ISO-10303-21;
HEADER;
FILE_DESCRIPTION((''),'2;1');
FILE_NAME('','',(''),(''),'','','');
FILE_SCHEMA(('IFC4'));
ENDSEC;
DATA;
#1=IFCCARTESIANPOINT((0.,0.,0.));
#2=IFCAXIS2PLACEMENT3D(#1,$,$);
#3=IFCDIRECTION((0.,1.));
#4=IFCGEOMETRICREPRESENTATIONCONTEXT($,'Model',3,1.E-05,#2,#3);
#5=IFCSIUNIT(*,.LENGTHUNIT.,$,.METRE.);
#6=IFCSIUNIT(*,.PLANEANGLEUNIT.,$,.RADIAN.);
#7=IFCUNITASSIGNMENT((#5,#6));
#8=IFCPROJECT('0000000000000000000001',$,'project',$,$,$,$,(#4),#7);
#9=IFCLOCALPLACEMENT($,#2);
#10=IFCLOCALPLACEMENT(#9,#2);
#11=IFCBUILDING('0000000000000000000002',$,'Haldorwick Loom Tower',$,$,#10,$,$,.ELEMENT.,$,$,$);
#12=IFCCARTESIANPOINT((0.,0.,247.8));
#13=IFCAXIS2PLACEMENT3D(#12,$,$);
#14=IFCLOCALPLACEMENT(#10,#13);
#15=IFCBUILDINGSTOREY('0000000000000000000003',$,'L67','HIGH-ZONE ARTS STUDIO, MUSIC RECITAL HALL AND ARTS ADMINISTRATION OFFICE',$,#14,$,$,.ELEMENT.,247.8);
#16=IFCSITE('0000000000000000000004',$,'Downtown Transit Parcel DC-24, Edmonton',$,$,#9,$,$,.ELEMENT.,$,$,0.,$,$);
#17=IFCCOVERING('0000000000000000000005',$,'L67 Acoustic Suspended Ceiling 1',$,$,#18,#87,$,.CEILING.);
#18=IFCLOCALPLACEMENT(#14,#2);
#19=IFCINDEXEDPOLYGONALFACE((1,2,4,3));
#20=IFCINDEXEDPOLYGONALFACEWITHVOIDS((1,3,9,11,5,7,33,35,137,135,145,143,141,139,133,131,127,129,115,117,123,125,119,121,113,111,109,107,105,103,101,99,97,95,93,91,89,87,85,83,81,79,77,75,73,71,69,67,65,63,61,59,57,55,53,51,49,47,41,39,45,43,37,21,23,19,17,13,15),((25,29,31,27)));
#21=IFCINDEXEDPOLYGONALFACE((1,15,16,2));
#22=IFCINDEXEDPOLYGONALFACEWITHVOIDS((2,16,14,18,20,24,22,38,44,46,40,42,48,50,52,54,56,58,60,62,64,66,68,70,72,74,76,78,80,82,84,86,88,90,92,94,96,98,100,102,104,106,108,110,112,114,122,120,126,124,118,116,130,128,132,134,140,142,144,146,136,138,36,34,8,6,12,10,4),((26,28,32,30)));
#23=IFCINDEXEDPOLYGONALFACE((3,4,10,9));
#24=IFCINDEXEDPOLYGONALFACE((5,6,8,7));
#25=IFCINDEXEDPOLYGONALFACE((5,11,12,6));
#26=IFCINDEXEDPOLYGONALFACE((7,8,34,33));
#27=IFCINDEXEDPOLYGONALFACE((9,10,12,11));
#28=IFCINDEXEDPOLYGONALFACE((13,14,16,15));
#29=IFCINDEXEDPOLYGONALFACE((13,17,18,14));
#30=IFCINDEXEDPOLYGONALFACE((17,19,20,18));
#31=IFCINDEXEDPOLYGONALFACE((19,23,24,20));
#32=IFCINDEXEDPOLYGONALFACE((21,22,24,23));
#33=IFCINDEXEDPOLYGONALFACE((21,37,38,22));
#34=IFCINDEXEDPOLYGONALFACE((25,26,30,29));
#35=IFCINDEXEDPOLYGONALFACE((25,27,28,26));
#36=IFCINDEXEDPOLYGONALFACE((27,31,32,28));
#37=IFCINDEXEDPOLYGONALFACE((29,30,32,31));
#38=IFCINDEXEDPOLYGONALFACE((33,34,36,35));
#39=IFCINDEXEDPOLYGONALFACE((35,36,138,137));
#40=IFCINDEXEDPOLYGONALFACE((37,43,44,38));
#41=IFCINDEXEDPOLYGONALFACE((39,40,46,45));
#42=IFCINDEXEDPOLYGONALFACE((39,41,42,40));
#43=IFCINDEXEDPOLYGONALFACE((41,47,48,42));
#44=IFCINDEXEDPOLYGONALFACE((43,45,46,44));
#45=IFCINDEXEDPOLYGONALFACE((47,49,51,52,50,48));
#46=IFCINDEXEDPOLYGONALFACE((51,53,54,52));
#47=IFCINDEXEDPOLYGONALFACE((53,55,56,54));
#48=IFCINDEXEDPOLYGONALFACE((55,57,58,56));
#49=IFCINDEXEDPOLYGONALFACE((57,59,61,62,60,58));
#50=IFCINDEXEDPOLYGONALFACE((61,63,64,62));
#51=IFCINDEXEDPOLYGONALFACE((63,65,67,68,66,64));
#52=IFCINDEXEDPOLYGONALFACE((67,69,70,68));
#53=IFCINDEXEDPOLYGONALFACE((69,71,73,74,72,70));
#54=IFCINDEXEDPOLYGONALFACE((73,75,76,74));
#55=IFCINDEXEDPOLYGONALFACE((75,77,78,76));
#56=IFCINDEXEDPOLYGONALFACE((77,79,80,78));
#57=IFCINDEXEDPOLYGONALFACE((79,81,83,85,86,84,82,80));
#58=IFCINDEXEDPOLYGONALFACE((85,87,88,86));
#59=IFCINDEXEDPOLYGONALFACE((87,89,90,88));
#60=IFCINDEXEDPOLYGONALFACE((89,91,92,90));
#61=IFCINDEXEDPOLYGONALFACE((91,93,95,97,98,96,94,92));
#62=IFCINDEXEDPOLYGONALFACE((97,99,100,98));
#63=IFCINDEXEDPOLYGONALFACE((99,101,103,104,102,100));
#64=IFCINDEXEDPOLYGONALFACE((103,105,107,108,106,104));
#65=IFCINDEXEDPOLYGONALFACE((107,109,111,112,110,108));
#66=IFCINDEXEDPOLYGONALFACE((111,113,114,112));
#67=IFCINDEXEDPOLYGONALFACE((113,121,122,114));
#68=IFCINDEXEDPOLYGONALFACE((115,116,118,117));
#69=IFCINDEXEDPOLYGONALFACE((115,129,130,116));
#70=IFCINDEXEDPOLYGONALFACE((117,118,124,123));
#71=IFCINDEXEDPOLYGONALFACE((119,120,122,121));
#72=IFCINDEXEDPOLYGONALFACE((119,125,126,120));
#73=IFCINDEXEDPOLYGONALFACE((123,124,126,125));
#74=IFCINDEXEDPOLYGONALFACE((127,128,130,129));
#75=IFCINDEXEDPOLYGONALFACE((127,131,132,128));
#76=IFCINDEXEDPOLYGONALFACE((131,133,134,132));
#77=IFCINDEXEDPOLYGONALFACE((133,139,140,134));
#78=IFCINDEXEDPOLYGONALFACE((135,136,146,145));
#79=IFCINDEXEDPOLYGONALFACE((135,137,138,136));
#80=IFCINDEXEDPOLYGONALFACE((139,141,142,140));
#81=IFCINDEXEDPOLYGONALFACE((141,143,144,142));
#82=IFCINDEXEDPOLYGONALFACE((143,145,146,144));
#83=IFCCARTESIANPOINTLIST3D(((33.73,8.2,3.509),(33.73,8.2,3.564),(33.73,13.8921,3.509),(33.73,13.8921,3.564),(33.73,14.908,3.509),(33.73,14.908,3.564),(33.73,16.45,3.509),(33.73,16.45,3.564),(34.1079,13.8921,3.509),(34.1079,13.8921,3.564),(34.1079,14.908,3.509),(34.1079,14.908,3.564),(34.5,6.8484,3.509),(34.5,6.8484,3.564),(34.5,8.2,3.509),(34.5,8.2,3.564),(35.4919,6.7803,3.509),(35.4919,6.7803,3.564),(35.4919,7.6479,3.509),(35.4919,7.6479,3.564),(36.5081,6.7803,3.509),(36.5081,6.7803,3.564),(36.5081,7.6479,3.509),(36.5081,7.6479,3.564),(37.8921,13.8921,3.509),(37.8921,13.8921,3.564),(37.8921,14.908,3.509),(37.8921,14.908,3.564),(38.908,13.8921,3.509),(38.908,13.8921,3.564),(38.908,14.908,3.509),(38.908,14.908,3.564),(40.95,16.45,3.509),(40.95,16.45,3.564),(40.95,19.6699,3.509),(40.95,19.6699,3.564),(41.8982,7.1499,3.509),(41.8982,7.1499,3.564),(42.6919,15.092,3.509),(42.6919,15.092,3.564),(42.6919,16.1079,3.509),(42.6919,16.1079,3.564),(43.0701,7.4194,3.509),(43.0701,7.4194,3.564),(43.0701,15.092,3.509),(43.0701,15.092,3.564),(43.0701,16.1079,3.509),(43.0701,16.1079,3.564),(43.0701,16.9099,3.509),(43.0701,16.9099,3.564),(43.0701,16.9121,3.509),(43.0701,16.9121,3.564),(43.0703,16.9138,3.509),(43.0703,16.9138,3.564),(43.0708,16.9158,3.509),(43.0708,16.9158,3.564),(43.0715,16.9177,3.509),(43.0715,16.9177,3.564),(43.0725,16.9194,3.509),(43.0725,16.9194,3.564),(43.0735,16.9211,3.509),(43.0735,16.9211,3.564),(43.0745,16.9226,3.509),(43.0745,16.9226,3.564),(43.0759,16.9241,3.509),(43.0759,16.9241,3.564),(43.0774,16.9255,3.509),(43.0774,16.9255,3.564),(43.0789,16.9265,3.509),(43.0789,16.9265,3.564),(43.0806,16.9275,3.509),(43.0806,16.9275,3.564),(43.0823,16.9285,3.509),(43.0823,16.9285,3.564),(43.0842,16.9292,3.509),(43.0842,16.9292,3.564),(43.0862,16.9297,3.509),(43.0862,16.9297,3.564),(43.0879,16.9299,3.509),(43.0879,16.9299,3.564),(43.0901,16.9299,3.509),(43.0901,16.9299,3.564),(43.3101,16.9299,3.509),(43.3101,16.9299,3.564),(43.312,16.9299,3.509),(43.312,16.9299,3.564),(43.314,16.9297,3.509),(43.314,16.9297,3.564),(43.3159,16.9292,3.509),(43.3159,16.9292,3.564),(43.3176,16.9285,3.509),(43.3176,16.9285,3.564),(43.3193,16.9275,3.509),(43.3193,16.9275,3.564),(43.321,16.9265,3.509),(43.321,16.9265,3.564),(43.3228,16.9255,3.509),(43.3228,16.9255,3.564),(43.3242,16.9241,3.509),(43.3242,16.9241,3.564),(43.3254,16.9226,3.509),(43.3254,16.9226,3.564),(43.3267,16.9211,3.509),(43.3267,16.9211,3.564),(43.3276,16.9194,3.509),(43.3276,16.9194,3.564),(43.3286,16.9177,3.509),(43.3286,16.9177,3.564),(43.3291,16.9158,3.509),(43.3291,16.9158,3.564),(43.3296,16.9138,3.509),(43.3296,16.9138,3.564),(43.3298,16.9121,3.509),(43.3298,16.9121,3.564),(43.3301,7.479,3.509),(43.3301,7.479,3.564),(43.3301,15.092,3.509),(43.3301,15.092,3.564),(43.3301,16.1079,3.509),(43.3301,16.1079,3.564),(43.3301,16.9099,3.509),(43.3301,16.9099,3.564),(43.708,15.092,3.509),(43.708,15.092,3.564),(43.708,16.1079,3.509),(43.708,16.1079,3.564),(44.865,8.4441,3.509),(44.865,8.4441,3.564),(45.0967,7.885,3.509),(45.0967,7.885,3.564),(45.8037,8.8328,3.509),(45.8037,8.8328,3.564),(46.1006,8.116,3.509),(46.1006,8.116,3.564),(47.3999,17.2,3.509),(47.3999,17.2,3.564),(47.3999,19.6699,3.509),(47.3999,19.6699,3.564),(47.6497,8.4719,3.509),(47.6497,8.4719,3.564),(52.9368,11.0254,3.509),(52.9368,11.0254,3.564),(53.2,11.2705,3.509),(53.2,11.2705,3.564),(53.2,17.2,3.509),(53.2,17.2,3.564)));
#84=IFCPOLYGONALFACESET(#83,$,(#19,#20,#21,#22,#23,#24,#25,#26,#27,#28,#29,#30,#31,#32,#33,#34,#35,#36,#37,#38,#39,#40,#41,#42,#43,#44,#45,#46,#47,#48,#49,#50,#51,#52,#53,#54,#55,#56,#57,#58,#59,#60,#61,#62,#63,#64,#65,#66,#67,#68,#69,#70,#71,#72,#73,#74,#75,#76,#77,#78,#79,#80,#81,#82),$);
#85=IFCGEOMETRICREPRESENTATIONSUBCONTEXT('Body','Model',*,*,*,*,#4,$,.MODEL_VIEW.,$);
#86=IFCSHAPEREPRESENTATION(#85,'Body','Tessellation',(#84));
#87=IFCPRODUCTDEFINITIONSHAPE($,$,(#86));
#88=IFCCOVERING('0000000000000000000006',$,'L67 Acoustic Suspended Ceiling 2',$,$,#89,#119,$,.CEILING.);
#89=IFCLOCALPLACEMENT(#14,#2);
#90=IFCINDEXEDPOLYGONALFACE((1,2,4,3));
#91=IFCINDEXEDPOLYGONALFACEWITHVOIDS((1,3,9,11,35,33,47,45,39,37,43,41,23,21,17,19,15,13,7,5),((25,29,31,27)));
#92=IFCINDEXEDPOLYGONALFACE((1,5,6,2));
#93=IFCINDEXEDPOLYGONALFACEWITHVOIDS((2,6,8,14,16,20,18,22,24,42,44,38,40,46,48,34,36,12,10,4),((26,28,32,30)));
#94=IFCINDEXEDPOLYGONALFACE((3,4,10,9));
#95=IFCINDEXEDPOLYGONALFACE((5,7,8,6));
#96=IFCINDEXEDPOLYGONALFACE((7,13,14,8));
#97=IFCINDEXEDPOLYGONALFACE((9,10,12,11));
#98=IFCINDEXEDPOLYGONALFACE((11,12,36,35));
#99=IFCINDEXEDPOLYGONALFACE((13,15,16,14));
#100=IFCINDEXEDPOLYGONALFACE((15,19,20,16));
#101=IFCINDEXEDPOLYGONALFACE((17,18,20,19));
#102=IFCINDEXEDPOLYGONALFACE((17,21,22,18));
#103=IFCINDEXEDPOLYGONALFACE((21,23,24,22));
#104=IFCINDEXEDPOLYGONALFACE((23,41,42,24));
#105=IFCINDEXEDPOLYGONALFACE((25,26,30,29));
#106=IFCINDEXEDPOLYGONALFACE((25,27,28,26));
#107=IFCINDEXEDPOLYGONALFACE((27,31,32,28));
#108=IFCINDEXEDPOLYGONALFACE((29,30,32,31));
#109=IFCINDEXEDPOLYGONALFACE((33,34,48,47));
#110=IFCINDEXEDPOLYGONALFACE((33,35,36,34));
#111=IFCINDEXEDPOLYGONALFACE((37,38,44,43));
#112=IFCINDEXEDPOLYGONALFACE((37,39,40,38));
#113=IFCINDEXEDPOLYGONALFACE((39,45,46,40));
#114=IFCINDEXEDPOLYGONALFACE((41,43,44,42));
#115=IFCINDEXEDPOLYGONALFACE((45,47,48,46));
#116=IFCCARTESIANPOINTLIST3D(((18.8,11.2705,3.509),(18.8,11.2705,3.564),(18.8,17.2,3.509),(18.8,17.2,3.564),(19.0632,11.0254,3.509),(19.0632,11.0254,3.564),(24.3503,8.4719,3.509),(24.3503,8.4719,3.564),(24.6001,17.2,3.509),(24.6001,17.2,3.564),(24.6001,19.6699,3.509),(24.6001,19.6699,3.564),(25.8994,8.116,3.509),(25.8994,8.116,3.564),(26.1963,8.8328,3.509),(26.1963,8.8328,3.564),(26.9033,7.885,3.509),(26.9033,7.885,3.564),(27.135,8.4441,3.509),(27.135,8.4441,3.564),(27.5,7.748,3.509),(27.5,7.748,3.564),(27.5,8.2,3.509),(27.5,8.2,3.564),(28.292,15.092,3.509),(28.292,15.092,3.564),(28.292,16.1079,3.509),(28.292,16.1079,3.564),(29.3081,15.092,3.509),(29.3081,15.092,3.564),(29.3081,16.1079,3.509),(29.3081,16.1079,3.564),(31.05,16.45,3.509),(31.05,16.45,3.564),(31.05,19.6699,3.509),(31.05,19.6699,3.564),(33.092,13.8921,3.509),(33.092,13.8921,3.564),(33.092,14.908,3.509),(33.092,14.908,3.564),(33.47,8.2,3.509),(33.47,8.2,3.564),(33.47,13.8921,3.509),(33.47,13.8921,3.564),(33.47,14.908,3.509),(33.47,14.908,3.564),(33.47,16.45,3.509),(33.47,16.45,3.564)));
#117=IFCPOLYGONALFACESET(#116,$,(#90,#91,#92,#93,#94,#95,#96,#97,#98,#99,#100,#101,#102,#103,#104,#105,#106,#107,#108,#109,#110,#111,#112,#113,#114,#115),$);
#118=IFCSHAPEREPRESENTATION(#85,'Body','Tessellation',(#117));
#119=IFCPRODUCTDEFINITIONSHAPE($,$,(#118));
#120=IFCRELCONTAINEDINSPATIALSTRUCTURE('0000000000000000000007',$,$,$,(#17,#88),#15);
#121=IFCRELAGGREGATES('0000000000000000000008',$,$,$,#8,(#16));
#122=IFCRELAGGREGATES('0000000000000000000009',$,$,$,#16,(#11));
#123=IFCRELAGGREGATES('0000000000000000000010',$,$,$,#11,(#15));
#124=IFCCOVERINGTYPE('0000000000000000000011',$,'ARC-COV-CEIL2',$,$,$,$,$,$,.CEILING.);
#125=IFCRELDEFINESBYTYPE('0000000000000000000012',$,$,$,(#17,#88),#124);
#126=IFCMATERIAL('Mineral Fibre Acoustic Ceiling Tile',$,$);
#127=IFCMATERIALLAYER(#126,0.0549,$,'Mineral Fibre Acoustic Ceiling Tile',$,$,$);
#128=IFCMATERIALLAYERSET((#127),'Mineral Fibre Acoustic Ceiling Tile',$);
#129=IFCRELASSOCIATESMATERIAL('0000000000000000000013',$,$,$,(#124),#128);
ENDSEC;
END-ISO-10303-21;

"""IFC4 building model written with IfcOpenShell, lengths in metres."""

from ifc_helpers import new_model, si_unit, direction, frame, origin, place, context, subcontext, project, spatial, polyline, outline, extrude, material, layer, layer_set, type_object, element, save


model = new_model("IFC4")

# Units and contexts
model_context = context("Model", 3, precision=1e-05, world=origin(), true_north=direction((0.0, 1.0)))
body_context = subcontext(model_context, "Body", "Model", "MODEL_VIEW")
ifc_project = project(units=[si_unit("LENGTHUNIT", "METRE"), si_unit("PLANEANGLEUNIT", "RADIAN")], contexts=[model_context])

# Site, building, storey
site_placement = place(None, origin())
site = spatial("IfcSite", under=ifc_project, at=site_placement, Name="Downtown Transit Parcel DC-24, Edmonton", CompositionType="ELEMENT", RefElevation=0.0)
building_placement = place(site_placement, origin())
building = spatial("IfcBuilding", under=site, at=building_placement, Name="Haldorwick Loom Tower", CompositionType="ELEMENT")
storey_placement = place(building_placement, frame((0.0, 0.0, 247.8)))
storey = spatial("IfcBuildingStorey", under=building, at=storey_placement, Name="L67", Description="HIGH-ZONE ARTS STUDIO, MUSIC RECITAL HALL AND ARTS ADMINISTRATION OFFICE", CompositionType="ELEMENT", Elevation=247.8)

# Coverings
ifc_material_1 = material(Name="Mineral Fibre Acoustic Ceiling Tile")
ifc_layer_1 = layer(ifc_material_1, 0.0549, Name="Mineral Fibre Acoustic Ceiling Tile")
ifc_layer_set_1 = layer_set([ifc_layer_1], Name="Mineral Fibre Acoustic Ceiling Tile")
covering_type_1 = type_object("IfcCoveringType", Name="ARC-COV-CEIL2", PredefinedType="CEILING", material=ifc_layer_set_1)
covering_1_placement = place(storey_placement, frame((0.0, 0.0, 3.509)))
element("IfcCovering", 1, at=covering_1_placement, inside=storey, type_object=covering_type_1, Name="L67 Acoustic Suspended Ceiling 1", PredefinedType="CEILING", context=body_context, shape_type="SweptSolid", body=[
    extrude(outline(polyline([(53.2, 11.2705), (53.2, 17.2), (47.3999, 17.2), (47.3999, 19.6699), (40.95, 19.6699), (40.95, 16.45), (33.73, 16.45), (33.73, 14.908), (34.1079, 14.908), (34.1079, 13.8921), (33.73, 13.8921), (33.73, 8.2), (34.5, 8.2), (34.5, 6.8484), (35.4919, 6.7803), (35.4919, 7.6479), (36.5081, 7.6479), (36.5081, 6.7803), (41.8982, 7.1499), (43.0701, 7.4194), (43.0701, 15.092), (42.6919, 15.092), (42.6919, 16.1079), (43.0701, 16.1079), (43.0701, 16.9099), (43.0701, 16.9121), (43.0703, 16.9138), (43.0708, 16.9158), (43.0715, 16.9177), (43.0725, 16.9194), (43.0735, 16.9211), (43.0745, 16.9226), (43.0759, 16.9241), (43.0774, 16.9255), (43.0789, 16.9265), (43.0806, 16.9275), (43.0823, 16.9285), (43.0842, 16.9292), (43.0862, 16.9297), (43.0879, 16.9299), (43.0901, 16.9299), (43.3101, 16.9299), (43.312, 16.9299), (43.314, 16.9297), (43.3159, 16.9292), (43.3176, 16.9285), (43.3193, 16.9275), (43.321, 16.9265), (43.3228, 16.9255), (43.3242, 16.9241), (43.3254, 16.9226), (43.3267, 16.9211), (43.3276, 16.9194), (43.3286, 16.9177), (43.3291, 16.9158), (43.3296, 16.9138), (43.3298, 16.9121), (43.3301, 16.9099), (43.3301, 16.1079), (43.708, 16.1079), (43.708, 15.092), (43.3301, 15.092), (43.3301, 7.479), (45.0967, 7.885), (44.865, 8.4441), (45.8037, 8.8328), (46.1006, 8.116), (47.6497, 8.4719), (52.9368, 11.0254), (53.2, 11.2705)]), holes=[polyline([(38.908, 14.908), (38.908, 13.8921), (37.8921, 13.8921), (37.8921, 14.908), (38.908, 14.908)])]), origin(), (0.0, 0.0, 1.0), 0.0549),
])
covering_2_placement = place(storey_placement, frame((0.0, 0.0, 3.509)))
element("IfcCovering", 2, at=covering_2_placement, inside=storey, type_object=covering_type_1, Name="L67 Acoustic Suspended Ceiling 2", PredefinedType="CEILING", context=body_context, shape_type="SweptSolid", body=[
    extrude(outline(polyline([(27.5, 7.748), (27.5, 8.2), (33.47, 8.2), (33.47, 13.8921), (33.092, 13.8921), (33.092, 14.908), (33.47, 14.908), (33.47, 16.45), (31.05, 16.45), (31.05, 19.6699), (24.6001, 19.6699), (24.6001, 17.2), (18.8, 17.2), (18.8, 11.2705), (19.0632, 11.0254), (24.3503, 8.4719), (25.8994, 8.116), (26.1963, 8.8328), (27.135, 8.4441), (26.9033, 7.885), (27.5, 7.748)]), holes=[polyline([(29.3081, 16.1079), (29.3081, 15.092), (28.292, 15.092), (28.292, 16.1079), (29.3081, 16.1079)])]), origin(), (0.0, 0.0, 1.0), 0.0549),
])

save(model, "model.ifc")
